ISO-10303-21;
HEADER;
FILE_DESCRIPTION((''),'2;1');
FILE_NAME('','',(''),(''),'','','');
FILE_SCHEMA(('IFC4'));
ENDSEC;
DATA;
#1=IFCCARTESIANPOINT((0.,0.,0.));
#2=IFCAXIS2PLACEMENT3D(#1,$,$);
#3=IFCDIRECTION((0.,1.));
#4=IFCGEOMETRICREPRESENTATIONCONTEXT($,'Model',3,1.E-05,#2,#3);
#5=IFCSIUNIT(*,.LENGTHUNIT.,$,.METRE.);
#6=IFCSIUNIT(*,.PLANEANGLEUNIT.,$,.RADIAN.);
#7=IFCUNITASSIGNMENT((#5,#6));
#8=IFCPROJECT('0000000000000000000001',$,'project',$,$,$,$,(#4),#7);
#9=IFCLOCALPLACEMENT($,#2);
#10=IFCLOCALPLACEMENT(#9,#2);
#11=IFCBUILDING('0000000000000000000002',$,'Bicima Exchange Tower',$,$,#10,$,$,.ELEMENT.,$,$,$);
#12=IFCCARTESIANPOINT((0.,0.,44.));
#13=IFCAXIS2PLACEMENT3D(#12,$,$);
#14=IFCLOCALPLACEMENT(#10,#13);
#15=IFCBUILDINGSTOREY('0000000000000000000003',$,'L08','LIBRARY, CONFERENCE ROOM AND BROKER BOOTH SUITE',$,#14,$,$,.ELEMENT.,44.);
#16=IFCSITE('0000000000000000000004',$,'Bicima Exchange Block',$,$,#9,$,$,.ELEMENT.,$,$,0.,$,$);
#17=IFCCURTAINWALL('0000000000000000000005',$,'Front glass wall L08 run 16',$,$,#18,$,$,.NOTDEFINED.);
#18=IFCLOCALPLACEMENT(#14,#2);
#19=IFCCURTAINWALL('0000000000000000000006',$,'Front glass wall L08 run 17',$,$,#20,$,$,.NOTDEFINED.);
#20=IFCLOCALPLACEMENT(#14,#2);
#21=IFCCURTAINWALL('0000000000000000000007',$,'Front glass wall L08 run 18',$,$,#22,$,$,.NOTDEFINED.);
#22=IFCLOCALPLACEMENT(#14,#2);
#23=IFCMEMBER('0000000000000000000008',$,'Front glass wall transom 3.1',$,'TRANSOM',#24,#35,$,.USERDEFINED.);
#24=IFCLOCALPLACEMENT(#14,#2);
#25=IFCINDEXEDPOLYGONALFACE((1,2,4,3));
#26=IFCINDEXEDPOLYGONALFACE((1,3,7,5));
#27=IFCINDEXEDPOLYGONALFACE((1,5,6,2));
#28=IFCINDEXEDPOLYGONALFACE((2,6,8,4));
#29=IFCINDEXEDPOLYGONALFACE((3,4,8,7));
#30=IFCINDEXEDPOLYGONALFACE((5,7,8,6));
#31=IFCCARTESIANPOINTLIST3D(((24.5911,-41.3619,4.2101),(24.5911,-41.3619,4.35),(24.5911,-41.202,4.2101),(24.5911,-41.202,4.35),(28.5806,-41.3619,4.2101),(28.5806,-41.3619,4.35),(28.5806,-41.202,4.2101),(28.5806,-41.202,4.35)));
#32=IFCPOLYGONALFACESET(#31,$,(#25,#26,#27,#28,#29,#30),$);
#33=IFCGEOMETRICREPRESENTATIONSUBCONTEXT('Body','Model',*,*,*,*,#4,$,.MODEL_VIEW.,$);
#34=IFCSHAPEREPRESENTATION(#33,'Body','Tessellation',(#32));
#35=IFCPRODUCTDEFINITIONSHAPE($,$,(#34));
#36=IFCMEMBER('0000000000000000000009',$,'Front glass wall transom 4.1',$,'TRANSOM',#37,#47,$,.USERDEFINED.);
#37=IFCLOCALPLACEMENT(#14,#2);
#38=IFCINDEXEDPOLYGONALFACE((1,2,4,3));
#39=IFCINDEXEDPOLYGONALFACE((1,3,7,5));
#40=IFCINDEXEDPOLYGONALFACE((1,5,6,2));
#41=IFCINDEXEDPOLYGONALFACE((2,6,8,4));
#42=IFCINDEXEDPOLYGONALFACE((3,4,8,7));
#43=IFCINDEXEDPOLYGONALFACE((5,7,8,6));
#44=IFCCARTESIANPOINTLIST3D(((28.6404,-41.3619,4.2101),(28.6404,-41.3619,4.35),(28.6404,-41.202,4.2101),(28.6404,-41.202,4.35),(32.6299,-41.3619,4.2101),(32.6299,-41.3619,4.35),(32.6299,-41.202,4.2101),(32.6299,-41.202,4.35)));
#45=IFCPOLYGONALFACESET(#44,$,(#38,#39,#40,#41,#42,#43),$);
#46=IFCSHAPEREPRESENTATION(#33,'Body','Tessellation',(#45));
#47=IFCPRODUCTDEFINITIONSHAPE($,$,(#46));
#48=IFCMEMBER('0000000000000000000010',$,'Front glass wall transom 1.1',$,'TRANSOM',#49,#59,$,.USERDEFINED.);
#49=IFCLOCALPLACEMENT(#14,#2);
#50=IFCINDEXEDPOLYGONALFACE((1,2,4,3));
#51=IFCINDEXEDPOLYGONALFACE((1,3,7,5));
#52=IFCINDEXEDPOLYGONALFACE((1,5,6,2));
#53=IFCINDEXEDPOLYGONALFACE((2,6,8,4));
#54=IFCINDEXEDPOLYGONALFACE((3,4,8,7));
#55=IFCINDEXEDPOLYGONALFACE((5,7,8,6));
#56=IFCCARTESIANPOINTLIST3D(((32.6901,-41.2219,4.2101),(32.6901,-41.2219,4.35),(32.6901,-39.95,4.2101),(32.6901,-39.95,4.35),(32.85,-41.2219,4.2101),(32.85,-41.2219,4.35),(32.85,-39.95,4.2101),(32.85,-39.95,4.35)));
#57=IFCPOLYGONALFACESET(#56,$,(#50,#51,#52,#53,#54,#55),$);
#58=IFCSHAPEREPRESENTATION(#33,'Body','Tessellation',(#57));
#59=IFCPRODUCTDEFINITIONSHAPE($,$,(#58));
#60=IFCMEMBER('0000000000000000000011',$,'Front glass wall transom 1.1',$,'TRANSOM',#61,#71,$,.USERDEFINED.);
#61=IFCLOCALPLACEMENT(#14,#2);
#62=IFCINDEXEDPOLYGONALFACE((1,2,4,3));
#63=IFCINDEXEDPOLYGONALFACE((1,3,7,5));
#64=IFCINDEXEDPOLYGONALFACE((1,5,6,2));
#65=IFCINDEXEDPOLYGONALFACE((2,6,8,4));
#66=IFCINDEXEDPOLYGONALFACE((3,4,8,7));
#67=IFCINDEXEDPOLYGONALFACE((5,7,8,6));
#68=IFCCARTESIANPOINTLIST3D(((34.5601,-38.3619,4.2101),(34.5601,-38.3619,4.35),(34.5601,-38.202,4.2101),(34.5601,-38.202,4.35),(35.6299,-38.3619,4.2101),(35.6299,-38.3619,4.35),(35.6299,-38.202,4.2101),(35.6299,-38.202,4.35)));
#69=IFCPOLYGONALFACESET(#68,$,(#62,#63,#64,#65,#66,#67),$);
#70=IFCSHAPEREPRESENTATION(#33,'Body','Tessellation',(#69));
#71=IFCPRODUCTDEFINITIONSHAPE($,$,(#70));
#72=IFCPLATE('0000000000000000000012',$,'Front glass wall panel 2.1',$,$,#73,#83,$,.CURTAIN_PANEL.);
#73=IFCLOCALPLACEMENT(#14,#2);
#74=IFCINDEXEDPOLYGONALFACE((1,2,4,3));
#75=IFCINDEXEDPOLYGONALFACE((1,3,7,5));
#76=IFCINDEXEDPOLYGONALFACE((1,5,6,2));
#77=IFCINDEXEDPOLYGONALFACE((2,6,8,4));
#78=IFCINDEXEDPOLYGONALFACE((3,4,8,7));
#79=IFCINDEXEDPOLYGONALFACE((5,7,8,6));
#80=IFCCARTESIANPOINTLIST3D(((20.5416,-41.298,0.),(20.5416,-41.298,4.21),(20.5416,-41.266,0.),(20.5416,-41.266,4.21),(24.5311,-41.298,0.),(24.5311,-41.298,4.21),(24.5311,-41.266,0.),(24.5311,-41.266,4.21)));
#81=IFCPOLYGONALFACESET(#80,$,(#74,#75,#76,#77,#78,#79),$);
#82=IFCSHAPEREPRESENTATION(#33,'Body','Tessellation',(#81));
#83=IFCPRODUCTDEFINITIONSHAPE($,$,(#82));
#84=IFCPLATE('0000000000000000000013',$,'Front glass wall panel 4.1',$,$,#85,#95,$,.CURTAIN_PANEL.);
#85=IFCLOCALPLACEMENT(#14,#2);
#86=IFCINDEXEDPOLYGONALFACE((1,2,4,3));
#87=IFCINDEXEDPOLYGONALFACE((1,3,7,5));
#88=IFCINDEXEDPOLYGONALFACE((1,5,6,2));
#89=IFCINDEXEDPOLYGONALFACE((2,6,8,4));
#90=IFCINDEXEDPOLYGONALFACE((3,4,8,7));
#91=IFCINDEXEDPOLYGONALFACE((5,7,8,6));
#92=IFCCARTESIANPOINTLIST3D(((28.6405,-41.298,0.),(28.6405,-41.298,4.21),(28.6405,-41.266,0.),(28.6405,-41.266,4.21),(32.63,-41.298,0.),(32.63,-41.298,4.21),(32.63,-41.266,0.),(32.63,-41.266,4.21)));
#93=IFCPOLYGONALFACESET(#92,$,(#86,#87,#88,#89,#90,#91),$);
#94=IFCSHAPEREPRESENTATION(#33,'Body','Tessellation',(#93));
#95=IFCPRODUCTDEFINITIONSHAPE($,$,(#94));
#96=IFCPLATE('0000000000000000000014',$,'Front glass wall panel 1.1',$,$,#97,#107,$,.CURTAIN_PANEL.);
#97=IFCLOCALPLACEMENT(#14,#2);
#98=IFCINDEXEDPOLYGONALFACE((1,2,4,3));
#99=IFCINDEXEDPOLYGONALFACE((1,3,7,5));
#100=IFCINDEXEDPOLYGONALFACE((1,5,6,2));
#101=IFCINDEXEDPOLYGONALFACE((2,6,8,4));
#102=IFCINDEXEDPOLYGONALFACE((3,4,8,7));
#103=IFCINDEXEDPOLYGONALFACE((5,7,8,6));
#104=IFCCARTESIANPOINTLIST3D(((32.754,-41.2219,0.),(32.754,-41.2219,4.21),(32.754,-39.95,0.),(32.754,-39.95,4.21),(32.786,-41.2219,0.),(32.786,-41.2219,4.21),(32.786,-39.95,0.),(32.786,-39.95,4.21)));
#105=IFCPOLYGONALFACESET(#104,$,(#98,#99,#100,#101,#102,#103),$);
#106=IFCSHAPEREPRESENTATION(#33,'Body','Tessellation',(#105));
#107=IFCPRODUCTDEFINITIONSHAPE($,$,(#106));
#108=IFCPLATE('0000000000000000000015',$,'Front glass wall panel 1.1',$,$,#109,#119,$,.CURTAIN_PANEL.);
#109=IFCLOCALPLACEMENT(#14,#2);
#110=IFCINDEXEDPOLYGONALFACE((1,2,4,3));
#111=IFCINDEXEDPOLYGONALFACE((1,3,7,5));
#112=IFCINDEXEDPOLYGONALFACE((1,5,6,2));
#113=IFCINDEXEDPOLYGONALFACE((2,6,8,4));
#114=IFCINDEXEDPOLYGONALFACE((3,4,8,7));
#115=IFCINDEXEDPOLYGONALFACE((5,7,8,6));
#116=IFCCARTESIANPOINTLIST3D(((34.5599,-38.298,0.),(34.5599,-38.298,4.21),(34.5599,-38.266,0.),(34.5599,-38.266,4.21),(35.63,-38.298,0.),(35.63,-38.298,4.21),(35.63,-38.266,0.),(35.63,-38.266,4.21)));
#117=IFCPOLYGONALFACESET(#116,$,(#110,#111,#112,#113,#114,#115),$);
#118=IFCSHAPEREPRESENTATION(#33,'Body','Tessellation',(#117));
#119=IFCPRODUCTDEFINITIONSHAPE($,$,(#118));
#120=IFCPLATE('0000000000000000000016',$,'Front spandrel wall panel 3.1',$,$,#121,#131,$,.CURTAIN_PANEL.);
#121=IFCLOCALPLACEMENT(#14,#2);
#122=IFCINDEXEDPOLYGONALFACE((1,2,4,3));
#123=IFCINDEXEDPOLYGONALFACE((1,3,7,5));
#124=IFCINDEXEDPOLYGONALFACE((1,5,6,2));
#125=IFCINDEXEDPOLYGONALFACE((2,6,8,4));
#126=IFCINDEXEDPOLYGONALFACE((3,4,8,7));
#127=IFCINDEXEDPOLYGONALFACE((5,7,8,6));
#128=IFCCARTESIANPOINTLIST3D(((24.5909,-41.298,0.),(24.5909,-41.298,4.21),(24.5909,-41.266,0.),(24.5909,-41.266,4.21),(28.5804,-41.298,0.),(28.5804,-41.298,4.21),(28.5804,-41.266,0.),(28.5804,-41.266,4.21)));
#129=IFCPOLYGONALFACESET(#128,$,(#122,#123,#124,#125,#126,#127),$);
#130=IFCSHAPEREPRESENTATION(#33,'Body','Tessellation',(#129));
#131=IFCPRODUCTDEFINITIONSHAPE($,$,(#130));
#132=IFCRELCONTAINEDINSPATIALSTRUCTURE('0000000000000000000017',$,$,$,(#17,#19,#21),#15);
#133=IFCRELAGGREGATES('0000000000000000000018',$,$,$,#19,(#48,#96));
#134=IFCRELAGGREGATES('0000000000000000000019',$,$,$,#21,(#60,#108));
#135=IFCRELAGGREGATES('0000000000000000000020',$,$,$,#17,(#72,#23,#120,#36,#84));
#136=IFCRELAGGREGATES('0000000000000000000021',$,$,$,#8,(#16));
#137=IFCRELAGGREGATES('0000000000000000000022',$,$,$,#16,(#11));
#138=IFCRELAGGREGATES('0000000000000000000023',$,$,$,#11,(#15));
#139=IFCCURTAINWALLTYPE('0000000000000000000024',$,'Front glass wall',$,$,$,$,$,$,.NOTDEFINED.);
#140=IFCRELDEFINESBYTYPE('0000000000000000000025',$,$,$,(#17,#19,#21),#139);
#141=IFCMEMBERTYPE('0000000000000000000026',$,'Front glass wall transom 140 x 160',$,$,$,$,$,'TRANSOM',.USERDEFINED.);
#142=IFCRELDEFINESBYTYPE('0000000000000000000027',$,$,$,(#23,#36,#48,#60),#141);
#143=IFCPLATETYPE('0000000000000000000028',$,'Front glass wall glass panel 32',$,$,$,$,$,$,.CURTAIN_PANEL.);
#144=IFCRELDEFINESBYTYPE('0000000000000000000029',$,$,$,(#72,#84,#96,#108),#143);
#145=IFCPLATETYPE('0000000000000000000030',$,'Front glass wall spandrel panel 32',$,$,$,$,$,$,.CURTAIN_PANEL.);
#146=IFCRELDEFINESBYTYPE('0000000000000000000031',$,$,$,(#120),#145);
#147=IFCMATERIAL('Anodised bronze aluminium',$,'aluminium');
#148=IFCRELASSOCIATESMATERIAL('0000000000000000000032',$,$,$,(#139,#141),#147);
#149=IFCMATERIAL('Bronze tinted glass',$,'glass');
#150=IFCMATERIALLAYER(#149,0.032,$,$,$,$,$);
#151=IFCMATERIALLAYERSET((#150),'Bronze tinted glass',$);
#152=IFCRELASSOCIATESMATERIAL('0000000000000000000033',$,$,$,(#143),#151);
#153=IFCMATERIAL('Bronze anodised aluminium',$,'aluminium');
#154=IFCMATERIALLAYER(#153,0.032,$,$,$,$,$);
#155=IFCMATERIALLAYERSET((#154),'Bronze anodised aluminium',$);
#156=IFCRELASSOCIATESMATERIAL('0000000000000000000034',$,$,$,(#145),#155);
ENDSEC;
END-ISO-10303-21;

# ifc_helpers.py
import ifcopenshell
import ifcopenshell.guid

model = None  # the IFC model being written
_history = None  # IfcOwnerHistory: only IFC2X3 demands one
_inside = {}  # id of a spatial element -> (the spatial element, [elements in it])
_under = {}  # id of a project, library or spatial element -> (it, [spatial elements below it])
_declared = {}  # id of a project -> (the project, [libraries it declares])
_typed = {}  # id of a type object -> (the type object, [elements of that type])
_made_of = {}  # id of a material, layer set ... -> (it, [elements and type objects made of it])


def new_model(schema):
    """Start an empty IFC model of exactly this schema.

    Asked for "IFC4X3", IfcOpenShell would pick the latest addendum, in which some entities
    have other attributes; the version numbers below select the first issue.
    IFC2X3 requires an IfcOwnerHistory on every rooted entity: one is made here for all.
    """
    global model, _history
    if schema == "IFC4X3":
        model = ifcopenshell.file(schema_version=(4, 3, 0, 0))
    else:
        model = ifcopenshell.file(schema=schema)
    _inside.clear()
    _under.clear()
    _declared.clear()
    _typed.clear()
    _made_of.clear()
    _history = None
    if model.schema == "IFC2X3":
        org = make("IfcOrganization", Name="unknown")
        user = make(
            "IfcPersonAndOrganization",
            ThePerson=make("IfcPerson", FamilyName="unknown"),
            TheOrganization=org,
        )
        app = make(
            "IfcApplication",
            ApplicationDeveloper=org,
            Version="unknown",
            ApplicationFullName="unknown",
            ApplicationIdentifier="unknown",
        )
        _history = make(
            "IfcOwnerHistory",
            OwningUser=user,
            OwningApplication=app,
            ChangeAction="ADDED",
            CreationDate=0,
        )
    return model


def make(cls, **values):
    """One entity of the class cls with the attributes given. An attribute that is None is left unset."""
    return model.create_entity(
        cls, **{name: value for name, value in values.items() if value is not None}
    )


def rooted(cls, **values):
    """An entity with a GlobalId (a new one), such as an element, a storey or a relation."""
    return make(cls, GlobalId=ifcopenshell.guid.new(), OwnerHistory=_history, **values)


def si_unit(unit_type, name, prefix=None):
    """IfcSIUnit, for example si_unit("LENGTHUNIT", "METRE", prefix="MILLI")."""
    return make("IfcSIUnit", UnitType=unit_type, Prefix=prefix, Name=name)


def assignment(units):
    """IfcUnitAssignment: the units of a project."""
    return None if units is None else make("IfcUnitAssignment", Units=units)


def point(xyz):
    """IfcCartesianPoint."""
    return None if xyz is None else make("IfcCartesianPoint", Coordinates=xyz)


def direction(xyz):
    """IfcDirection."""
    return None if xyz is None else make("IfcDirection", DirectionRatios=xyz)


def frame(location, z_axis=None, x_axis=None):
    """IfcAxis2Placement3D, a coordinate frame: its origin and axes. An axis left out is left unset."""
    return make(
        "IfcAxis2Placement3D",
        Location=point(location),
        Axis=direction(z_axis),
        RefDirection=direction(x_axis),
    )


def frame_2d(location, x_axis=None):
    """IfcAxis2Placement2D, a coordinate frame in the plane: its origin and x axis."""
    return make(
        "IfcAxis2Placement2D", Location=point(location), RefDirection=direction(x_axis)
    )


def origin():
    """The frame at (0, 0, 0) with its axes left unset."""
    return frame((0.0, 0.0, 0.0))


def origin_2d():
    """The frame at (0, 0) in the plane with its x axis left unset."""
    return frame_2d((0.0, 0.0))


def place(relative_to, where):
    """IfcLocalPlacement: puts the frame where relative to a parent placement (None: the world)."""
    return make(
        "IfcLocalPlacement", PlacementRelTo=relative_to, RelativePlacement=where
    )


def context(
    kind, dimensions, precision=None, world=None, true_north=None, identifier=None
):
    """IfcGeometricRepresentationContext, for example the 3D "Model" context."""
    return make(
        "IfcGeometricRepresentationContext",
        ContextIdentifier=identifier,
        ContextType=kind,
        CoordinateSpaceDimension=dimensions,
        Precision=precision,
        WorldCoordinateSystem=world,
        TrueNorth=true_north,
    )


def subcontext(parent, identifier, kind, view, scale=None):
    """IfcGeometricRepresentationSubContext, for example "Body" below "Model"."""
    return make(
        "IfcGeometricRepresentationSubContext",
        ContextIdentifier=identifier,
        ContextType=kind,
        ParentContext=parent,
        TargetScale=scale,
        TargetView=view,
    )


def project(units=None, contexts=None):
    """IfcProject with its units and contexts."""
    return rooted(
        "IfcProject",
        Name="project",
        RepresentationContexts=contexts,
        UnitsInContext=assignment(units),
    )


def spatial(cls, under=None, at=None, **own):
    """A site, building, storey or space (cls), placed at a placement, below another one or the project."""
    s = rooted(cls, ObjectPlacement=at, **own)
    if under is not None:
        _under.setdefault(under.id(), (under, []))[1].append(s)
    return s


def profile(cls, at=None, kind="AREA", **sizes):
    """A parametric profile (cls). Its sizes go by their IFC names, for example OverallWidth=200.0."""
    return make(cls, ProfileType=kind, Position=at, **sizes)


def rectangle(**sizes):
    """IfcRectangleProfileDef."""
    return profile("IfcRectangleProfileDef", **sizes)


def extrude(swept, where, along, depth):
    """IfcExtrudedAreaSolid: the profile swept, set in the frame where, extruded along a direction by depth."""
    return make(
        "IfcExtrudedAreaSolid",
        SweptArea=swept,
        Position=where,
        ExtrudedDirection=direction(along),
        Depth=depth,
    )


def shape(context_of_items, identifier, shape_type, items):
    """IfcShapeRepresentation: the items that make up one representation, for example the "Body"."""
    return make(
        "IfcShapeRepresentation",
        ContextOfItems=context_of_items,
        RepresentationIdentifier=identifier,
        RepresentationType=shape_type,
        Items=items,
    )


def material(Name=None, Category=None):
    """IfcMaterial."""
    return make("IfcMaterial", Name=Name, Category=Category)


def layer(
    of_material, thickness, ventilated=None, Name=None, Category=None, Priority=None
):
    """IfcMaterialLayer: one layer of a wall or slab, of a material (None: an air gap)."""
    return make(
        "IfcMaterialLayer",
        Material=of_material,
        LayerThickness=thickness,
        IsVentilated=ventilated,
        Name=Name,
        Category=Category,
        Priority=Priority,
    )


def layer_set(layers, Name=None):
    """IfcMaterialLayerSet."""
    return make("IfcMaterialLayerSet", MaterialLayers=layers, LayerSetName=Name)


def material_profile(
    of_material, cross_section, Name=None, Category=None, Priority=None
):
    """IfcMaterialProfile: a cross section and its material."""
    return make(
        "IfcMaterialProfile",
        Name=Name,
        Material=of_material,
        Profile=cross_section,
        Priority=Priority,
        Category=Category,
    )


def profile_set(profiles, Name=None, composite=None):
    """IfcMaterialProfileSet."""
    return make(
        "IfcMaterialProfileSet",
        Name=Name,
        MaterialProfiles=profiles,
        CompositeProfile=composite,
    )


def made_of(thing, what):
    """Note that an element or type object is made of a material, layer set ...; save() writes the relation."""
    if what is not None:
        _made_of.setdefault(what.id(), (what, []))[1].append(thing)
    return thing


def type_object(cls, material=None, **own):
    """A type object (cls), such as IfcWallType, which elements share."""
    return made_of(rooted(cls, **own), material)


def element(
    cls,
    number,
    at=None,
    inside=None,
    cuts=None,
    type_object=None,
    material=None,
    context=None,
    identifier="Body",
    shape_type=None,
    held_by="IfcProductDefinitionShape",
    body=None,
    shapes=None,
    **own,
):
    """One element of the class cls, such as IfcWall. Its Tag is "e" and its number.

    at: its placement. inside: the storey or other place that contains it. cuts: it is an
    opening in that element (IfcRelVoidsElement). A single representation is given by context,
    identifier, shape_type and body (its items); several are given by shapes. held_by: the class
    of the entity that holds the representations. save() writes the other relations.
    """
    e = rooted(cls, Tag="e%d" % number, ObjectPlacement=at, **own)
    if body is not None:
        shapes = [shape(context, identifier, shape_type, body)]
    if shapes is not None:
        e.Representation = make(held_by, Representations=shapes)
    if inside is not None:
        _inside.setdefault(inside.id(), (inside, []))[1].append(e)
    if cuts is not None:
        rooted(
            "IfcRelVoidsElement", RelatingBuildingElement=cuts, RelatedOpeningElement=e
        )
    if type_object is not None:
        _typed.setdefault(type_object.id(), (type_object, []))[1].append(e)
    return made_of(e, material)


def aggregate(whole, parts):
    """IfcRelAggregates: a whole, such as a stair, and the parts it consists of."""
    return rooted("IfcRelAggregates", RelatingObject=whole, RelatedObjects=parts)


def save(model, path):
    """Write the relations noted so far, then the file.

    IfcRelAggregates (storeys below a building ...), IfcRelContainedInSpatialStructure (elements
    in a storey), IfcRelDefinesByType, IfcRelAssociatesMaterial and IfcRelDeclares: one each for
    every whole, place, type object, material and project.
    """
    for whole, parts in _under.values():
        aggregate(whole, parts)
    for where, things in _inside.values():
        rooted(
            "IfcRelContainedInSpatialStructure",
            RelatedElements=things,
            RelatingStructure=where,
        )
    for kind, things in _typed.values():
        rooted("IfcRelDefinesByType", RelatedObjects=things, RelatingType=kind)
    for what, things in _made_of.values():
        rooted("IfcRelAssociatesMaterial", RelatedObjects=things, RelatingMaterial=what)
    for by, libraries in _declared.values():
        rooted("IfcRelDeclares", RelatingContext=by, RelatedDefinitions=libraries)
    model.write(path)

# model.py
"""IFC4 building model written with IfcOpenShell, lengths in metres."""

from ifc_helpers import new_model, si_unit, direction, frame, origin, origin_2d, place, context, subcontext, project, spatial, rectangle, extrude, material, layer, layer_set, material_profile, profile_set, type_object, element, aggregate, save


model = new_model("IFC4")

# Units and contexts
model_context = context("Model", 3, precision=1e-05, world=origin(), true_north=direction((0.0, 1.0)))
body_context = subcontext(model_context, "Body", "Model", "MODEL_VIEW")
ifc_project = project(units=[si_unit("LENGTHUNIT", "METRE"), si_unit("PLANEANGLEUNIT", "RADIAN")], contexts=[model_context])

# Site, building, storey
site_placement = place(None, origin())
site = spatial("IfcSite", under=ifc_project, at=site_placement, Name="Bicima Exchange Block", CompositionType="ELEMENT", RefElevation=0.0)
building_placement = place(site_placement, origin())
building = spatial("IfcBuilding", under=site, at=building_placement, Name="Bicima Exchange Tower", CompositionType="ELEMENT")
storey_placement = place(building_placement, frame((0.0, 0.0, 44.0)))
storey = spatial("IfcBuildingStorey", under=building, at=storey_placement, Name="L08", Description="LIBRARY, CONFERENCE ROOM AND BROKER BOOTH SUITE", CompositionType="ELEMENT", Elevation=44.0)

# Shared definitions
ifc_material_1 = material(Name="Anodised bronze aluminium", Category="aluminium")

# Curtain walls
curtain_wall_type_1 = type_object("IfcCurtainWallType", Name="Front glass wall", PredefinedType="NOTDEFINED", material=ifc_material_1)
curtain_wall_1_placement = place(storey_placement, origin())
curtain_wall_1 = element("IfcCurtainWall", 1, at=curtain_wall_1_placement, inside=storey, type_object=curtain_wall_type_1, Name="Front glass wall L08 run 16", PredefinedType="NOTDEFINED")
curtain_wall_2_placement = place(storey_placement, origin())
curtain_wall_2 = element("IfcCurtainWall", 2, at=curtain_wall_2_placement, inside=storey, type_object=curtain_wall_type_1, Name="Front glass wall L08 run 17", PredefinedType="NOTDEFINED")
curtain_wall_3_placement = place(storey_placement, origin())
curtain_wall_3 = element("IfcCurtainWall", 3, at=curtain_wall_3_placement, inside=storey, type_object=curtain_wall_type_1, Name="Front glass wall L08 run 18", PredefinedType="NOTDEFINED")

# Members
ifc_material_profile_1 = material_profile(ifc_material_1, rectangle(XDim=0.1599, YDim=0.1399, at=origin_2d()))
ifc_profile_set_1 = profile_set([ifc_material_profile_1], Name="Anodised bronze aluminium")
member_type_1 = type_object("IfcMemberType", Name="Front glass wall transom 140 x 160", ElementType="TRANSOM", PredefinedType="USERDEFINED", material=ifc_profile_set_1)
member_1_placement = place(storey_placement, frame((24.5911, -41.282, 4.28), z_axis=(1.0, 0.0, 0.0), x_axis=(0.0, 1.0, 0.0)))
member_1 = element("IfcMember", 4, at=member_1_placement, type_object=member_type_1, Name="Front glass wall transom 3.1", ObjectType="TRANSOM", PredefinedType="USERDEFINED", context=body_context, shape_type="SweptSolid", body=[
    extrude(rectangle(XDim=0.1599, YDim=0.1399, at=origin_2d()), origin(), (0.0, 0.0, 1.0), 3.9895),
])
member_2_placement = place(storey_placement, frame((28.6404, -41.282, 4.28), z_axis=(1.0, 0.0, 0.0), x_axis=(0.0, 1.0, 0.0)))
member_2 = element("IfcMember", 5, at=member_2_placement, type_object=member_type_1, Name="Front glass wall transom 4.1", ObjectType="TRANSOM", PredefinedType="USERDEFINED", context=body_context, shape_type="SweptSolid", body=[
    extrude(rectangle(XDim=0.1599, YDim=0.1399, at=origin_2d()), origin(), (0.0, 0.0, 1.0), 3.9895),
])
member_3_placement = place(storey_placement, frame((32.77, -41.2219, 4.28), z_axis=(0.0, 1.0, 0.0), x_axis=(-1.0, 0.0, 0.0)))
member_3 = element("IfcMember", 6, at=member_3_placement, type_object=member_type_1, Name="Front glass wall transom 1.1", ObjectType="TRANSOM", PredefinedType="USERDEFINED", context=body_context, shape_type="SweptSolid", body=[
    extrude(rectangle(XDim=0.1599, YDim=0.1399, at=origin_2d()), origin(), (0.0, 0.0, 1.0), 1.272),
])
member_4_placement = place(storey_placement, frame((34.5601, -38.282, 4.28), z_axis=(1.0, 0.0, 0.0), x_axis=(0.0, 1.0, 0.0)))
member_4 = element("IfcMember", 7, at=member_4_placement, type_object=member_type_1, Name="Front glass wall transom 1.1", ObjectType="TRANSOM", PredefinedType="USERDEFINED", context=body_context, shape_type="SweptSolid", body=[
    extrude(rectangle(XDim=0.1599, YDim=0.1399, at=origin_2d()), origin(), (0.0, 0.0, 1.0), 1.0698),
])

# Plates
ifc_material_2 = material(Name="Bronze tinted glass", Category="glass")
ifc_layer_1 = layer(ifc_material_2, 0.032)
ifc_layer_set_1 = layer_set([ifc_layer_1], Name="Bronze tinted glass")
plate_type_1 = type_object("IfcPlateType", Name="Front glass wall glass panel 32", PredefinedType="CURTAIN_PANEL", material=ifc_layer_set_1)
plate_1_placement = place(storey_placement, frame((22.5364, -41.282, 0.0), z_axis=(0.0, 0.0, 1.0), x_axis=(1.0, 0.0, 0.0)))
plate_1 = element("IfcPlate", 8, at=plate_1_placement, type_object=plate_type_1, Name="Front glass wall panel 2.1", PredefinedType="CURTAIN_PANEL", context=body_context, shape_type="SweptSolid", body=[
    extrude(rectangle(XDim=3.9895, YDim=0.032, at=origin_2d()), origin(), (0.0, 0.0, 1.0), 4.21),
])
plate_2_placement = place(storey_placement, frame((30.6353, -41.282, 0.0), z_axis=(0.0, 0.0, 1.0), x_axis=(1.0, 0.0, 0.0)))
plate_2 = element("IfcPlate", 9, at=plate_2_placement, type_object=plate_type_1, Name="Front glass wall panel 4.1", PredefinedType="CURTAIN_PANEL", context=body_context, shape_type="SweptSolid", body=[
    extrude(rectangle(XDim=3.9895, YDim=0.032, at=origin_2d()), origin(), (0.0, 0.0, 1.0), 4.21),
])
plate_3_placement = place(storey_placement, frame((32.77, -40.5859, 0.0), z_axis=(0.0, 0.0, 1.0), x_axis=(0.0, 1.0, 0.0)))
plate_3 = element("IfcPlate", 10, at=plate_3_placement, type_object=plate_type_1, Name="Front glass wall panel 1.1", PredefinedType="CURTAIN_PANEL", context=body_context, shape_type="SweptSolid", body=[
    extrude(rectangle(XDim=1.272, YDim=0.032, at=origin_2d()), origin(), (0.0, 0.0, 1.0), 4.21),
])
aggregate(curtain_wall_2, [member_3, plate_3])
plate_4_placement = place(storey_placement, frame((35.095, -38.282, 0.0), z_axis=(0.0, 0.0, 1.0), x_axis=(1.0, 0.0, 0.0)))
plate_4 = element("IfcPlate", 11, at=plate_4_placement, type_object=plate_type_1, Name="Front glass wall panel 1.1", PredefinedType="CURTAIN_PANEL", context=body_context, shape_type="SweptSolid", body=[
    extrude(rectangle(XDim=1.0701, YDim=0.032, at=origin_2d()), origin(), (0.0, 0.0, 1.0), 4.21),
])
aggregate(curtain_wall_3, [member_4, plate_4])
ifc_material_3 = material(Name="Bronze anodised aluminium", Category="aluminium")
ifc_layer_2 = layer(ifc_material_3, 0.032)
ifc_layer_set_2 = layer_set([ifc_layer_2], Name="Bronze anodised aluminium")
plate_type_2 = type_object("IfcPlateType", Name="Front glass wall spandrel panel 32", PredefinedType="CURTAIN_PANEL", material=ifc_layer_set_2)
plate_5_placement = place(storey_placement, frame((26.5857, -41.282, 0.0), z_axis=(0.0, 0.0, 1.0), x_axis=(1.0, 0.0, 0.0)))
plate_5 = element("IfcPlate", 12, at=plate_5_placement, type_object=plate_type_2, Name="Front spandrel wall panel 3.1", PredefinedType="CURTAIN_PANEL", context=body_context, shape_type="SweptSolid", body=[
    extrude(rectangle(XDim=3.9895, YDim=0.032, at=origin_2d()), origin(), (0.0, 0.0, 1.0), 4.21),
])
aggregate(curtain_wall_1, [plate_1, member_1, plate_5, member_2, plate_2])

save(model, "model.ifc")
